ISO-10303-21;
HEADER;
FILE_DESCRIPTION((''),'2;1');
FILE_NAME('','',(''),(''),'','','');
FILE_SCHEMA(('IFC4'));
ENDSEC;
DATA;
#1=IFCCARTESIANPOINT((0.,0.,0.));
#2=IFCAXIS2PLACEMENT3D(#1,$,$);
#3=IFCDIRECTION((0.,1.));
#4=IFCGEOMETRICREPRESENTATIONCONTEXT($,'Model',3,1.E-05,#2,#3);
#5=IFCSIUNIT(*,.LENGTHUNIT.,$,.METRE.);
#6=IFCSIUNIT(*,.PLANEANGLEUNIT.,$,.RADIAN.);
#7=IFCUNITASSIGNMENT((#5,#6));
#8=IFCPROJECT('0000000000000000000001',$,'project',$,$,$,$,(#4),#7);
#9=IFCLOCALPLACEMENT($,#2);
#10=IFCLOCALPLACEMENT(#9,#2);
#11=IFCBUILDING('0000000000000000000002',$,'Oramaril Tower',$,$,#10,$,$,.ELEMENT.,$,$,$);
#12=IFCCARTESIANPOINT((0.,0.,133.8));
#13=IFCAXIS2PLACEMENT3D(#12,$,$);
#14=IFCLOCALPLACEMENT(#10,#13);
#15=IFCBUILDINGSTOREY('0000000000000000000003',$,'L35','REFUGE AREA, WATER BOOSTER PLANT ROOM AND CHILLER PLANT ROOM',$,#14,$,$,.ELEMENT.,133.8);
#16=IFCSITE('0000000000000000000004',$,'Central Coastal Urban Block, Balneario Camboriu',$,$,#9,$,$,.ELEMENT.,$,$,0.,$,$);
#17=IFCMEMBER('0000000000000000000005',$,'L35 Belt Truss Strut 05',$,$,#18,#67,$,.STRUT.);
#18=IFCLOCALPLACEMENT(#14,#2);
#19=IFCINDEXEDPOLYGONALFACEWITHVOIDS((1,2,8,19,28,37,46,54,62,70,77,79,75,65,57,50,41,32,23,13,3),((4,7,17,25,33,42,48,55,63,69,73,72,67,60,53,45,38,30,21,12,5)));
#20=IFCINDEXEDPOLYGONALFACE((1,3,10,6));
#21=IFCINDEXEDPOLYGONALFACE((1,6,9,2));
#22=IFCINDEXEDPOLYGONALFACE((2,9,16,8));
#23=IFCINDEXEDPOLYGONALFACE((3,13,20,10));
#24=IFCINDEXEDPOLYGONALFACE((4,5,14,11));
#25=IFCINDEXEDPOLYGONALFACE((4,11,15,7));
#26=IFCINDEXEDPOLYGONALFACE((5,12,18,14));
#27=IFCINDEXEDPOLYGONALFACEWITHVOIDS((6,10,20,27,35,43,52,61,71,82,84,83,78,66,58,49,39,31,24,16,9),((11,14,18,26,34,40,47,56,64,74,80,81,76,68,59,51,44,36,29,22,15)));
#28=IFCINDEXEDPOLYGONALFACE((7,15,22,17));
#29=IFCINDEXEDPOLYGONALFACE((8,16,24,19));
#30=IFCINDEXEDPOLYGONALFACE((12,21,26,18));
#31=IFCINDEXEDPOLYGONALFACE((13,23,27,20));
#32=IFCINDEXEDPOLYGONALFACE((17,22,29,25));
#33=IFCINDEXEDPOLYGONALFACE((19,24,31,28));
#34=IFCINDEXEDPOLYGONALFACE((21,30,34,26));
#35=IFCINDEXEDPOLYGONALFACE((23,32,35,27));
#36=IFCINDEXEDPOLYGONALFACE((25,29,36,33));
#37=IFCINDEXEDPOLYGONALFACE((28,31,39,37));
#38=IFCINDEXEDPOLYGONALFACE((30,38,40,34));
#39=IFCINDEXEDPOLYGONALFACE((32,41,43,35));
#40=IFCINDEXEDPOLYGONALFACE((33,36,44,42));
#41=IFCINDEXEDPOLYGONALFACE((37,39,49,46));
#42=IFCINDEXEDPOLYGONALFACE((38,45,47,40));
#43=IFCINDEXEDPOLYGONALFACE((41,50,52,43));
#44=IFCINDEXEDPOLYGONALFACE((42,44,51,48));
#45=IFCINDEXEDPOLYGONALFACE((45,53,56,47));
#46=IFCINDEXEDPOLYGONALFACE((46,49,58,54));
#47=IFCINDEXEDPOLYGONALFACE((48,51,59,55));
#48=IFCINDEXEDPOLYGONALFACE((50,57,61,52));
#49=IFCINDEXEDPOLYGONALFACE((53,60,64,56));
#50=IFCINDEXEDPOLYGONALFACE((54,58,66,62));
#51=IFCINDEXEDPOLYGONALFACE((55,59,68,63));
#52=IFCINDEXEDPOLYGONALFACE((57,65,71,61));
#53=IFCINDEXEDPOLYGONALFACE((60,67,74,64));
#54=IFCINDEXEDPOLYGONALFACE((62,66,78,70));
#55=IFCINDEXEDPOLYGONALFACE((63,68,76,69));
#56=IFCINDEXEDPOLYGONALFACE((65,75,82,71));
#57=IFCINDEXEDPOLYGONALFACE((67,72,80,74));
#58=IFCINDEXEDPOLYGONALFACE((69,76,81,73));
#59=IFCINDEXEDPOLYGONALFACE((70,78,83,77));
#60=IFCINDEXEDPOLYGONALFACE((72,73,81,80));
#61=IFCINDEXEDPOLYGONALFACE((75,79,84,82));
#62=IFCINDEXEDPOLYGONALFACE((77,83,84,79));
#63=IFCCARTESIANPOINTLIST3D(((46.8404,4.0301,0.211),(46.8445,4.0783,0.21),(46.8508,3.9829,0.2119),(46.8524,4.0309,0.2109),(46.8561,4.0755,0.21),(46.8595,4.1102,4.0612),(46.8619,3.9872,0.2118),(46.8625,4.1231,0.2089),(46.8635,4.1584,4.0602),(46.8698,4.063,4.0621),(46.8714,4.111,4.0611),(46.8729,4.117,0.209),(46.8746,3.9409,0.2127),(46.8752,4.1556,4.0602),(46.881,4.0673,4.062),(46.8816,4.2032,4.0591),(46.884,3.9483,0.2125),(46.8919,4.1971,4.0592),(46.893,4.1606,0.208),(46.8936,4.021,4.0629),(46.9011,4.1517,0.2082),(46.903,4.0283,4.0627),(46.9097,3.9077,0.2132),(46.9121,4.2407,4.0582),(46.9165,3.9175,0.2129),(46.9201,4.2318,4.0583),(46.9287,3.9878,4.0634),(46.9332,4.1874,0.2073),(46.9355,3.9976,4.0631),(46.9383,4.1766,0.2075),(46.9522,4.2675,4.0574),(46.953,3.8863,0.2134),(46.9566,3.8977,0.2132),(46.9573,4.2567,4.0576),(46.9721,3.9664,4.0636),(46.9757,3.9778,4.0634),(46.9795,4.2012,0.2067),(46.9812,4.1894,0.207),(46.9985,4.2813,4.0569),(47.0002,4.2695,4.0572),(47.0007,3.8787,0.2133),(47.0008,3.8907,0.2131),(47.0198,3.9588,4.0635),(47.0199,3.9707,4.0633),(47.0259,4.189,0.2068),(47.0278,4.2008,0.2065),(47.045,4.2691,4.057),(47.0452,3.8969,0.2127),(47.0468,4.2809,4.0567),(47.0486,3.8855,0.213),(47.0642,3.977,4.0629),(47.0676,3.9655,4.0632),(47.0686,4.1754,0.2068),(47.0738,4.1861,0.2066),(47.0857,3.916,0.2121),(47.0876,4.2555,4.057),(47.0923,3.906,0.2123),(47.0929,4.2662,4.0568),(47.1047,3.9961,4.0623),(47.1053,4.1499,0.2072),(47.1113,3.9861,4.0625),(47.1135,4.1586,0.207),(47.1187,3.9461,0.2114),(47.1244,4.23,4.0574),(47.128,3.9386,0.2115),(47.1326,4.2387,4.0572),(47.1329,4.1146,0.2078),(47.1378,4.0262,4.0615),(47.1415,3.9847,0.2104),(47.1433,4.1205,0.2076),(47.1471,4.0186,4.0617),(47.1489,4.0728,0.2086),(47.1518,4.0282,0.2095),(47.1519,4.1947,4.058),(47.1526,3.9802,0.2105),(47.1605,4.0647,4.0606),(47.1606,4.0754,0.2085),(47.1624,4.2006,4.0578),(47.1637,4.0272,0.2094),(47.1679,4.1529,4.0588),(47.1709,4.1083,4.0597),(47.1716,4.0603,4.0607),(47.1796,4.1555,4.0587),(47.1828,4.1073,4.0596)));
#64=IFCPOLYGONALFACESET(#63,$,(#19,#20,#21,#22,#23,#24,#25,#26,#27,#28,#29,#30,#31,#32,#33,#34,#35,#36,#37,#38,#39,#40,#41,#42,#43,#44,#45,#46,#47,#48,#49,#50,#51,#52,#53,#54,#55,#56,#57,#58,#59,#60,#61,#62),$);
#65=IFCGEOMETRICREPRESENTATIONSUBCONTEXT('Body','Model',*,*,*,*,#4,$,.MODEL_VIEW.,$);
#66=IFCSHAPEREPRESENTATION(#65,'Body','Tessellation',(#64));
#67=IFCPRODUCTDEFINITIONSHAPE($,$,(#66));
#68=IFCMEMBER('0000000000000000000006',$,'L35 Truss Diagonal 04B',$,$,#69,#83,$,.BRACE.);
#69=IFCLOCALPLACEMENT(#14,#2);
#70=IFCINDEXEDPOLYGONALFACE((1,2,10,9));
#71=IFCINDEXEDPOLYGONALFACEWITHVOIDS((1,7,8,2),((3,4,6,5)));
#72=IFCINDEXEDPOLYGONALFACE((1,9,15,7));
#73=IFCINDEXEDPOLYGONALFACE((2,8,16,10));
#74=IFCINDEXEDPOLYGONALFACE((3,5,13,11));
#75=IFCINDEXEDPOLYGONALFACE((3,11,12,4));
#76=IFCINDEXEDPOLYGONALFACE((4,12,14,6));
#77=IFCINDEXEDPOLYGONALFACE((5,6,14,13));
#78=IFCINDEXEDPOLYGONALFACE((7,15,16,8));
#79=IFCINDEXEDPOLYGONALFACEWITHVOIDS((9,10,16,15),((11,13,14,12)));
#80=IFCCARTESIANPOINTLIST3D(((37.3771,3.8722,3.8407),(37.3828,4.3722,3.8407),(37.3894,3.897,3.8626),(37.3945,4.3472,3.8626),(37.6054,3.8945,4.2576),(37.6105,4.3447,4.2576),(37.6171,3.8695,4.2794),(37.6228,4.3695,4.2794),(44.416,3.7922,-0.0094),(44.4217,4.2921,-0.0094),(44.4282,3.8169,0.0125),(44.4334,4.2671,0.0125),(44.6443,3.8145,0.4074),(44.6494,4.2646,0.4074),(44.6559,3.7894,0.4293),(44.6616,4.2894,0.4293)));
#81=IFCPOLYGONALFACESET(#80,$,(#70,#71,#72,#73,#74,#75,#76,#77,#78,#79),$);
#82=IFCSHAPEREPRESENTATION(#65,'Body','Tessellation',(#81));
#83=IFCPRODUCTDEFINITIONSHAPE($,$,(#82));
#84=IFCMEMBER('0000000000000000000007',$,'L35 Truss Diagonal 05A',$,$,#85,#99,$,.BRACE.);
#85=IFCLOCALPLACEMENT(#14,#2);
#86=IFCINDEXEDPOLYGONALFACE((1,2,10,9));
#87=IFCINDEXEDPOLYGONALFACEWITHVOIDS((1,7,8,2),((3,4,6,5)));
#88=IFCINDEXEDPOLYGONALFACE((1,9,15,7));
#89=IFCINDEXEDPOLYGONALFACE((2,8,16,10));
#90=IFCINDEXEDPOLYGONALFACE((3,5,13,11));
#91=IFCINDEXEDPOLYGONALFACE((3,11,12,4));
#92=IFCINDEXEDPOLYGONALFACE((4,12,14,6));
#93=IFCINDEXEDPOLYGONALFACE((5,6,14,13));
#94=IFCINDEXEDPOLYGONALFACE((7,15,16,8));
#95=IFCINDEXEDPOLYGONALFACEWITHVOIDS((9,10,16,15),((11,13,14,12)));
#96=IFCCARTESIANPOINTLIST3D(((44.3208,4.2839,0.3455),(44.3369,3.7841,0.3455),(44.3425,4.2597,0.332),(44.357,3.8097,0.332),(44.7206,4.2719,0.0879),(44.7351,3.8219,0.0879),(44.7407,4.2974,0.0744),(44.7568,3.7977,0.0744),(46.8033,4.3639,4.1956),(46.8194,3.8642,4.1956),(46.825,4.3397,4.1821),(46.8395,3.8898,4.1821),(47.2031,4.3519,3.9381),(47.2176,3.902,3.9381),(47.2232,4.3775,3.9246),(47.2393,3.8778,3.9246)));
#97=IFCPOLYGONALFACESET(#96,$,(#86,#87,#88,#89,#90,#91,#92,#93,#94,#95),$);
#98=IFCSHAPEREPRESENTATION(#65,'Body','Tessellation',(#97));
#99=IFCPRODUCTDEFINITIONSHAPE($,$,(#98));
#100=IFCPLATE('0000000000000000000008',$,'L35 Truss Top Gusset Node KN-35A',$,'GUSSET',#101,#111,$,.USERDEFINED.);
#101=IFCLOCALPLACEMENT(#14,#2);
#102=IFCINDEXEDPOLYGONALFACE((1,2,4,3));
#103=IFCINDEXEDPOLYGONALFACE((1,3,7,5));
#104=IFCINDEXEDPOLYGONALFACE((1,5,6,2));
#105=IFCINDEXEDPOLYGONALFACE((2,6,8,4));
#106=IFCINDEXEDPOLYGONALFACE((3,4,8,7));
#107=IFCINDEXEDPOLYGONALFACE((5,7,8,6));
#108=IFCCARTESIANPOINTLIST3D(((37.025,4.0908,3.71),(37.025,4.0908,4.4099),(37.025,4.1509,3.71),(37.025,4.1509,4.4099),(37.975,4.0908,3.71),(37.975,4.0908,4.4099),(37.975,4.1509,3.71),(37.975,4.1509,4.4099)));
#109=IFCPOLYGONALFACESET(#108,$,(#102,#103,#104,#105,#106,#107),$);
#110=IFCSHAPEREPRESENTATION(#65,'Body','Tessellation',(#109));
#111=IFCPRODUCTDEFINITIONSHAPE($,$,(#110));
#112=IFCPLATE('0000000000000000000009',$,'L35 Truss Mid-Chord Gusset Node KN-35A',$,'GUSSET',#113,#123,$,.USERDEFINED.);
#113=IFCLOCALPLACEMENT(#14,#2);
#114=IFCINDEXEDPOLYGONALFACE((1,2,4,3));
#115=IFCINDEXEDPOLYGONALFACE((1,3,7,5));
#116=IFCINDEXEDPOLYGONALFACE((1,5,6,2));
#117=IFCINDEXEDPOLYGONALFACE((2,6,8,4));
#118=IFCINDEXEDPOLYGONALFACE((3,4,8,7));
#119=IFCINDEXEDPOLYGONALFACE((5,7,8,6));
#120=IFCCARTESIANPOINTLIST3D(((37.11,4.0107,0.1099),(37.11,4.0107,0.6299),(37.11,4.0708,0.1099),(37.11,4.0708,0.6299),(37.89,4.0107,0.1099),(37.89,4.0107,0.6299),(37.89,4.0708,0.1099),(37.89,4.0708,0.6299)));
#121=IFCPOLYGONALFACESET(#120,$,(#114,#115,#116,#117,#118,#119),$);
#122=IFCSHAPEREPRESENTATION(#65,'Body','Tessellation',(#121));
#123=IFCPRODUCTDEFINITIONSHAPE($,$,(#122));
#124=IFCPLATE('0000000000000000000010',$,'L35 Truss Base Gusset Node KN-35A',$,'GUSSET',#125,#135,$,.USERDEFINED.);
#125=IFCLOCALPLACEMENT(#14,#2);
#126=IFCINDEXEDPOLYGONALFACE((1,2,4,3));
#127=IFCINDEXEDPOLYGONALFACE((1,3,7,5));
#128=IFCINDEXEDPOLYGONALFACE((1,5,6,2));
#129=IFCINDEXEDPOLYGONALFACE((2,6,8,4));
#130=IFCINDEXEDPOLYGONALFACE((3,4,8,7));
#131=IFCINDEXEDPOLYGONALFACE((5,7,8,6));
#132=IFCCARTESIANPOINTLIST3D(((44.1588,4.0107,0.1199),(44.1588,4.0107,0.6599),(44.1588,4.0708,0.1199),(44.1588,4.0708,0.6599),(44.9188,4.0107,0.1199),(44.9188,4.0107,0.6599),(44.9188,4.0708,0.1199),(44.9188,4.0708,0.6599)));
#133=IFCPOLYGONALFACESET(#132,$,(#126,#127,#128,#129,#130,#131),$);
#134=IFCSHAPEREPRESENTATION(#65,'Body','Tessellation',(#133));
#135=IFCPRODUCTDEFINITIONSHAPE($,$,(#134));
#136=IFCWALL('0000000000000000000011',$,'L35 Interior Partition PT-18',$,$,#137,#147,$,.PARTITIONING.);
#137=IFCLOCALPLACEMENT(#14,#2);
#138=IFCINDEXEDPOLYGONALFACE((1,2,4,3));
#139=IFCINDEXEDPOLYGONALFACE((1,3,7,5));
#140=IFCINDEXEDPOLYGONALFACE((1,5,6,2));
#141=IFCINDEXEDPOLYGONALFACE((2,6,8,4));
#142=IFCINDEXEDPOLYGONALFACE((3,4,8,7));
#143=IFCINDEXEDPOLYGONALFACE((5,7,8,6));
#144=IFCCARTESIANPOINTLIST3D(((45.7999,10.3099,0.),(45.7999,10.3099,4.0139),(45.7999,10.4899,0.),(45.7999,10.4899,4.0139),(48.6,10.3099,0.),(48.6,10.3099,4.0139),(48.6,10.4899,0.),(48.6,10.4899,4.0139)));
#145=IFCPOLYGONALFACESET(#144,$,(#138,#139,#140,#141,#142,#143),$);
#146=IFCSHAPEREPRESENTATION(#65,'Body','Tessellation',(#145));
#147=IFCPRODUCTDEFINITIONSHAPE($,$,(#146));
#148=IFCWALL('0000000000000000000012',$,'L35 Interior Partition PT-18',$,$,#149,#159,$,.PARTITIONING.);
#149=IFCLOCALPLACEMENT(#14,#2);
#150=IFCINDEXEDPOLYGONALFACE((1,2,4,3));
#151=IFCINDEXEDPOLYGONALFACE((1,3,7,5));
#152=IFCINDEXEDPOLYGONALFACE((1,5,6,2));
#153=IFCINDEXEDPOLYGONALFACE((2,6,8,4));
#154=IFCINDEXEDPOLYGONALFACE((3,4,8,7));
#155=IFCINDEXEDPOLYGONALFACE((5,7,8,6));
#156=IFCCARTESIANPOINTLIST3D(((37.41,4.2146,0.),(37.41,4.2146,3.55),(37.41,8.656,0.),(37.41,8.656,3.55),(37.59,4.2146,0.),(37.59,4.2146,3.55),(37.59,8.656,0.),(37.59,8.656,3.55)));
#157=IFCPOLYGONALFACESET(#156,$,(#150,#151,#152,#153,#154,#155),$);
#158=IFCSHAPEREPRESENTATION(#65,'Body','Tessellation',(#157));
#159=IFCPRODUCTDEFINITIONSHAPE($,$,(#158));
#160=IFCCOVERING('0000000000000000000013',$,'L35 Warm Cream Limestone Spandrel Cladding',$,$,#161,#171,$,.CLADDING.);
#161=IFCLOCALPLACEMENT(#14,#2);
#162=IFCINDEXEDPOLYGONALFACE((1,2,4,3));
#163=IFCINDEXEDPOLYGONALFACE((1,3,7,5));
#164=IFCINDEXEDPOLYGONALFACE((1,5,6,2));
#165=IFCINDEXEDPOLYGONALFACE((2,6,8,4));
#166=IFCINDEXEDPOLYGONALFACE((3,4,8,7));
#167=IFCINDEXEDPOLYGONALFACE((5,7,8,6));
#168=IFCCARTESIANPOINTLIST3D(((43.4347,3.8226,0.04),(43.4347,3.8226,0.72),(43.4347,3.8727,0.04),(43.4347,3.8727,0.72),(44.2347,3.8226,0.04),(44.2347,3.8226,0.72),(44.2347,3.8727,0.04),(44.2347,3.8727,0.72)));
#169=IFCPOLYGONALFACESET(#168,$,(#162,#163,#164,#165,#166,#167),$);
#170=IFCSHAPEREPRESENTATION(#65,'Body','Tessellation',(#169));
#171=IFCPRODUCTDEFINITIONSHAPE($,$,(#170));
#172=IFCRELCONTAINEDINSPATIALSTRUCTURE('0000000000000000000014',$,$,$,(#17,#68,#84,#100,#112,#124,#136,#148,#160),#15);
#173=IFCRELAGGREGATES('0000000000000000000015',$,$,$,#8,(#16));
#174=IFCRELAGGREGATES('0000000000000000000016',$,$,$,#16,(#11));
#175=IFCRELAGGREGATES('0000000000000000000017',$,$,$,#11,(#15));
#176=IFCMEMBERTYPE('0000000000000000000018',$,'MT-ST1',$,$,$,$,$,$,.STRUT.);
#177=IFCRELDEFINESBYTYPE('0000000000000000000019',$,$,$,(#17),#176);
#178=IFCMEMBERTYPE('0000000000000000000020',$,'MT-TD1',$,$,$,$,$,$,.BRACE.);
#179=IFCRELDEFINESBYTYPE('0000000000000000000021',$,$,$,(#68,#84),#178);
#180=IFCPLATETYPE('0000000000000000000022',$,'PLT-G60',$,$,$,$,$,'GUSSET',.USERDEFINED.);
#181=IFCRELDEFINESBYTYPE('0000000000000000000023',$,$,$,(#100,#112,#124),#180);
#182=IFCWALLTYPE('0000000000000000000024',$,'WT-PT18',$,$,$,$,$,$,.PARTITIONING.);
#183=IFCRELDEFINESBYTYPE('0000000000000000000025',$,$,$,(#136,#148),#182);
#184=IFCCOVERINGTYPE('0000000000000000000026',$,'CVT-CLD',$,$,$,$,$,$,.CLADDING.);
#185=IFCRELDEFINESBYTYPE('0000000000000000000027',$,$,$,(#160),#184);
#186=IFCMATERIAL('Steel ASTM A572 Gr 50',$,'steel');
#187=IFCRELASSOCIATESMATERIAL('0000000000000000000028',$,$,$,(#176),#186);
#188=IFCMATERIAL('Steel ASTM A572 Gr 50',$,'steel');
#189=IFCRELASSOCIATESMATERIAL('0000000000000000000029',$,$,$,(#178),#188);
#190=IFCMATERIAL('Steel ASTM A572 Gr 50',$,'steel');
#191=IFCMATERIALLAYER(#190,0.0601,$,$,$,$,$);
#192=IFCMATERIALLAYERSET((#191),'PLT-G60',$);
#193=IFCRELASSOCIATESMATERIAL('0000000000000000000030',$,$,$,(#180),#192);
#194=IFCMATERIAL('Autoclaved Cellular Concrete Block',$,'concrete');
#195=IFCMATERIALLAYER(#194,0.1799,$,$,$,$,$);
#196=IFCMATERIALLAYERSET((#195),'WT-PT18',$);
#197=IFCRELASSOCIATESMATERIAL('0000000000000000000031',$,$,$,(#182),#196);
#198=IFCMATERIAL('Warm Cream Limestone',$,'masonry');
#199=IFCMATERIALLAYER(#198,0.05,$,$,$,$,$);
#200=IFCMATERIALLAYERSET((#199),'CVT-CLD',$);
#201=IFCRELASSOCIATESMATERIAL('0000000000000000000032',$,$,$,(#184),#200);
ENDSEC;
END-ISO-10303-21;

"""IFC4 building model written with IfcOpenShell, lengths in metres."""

from ifc_helpers import new_model, si_unit, direction, frame, frame_2d, origin, origin_2d, place, context, subcontext, project, spatial, rectangle, hollow_rectangle, hollow_circle, extrude, material, layer, layer_set, material_profile, profile_set, type_object, element, save


model = new_model("IFC4")

# Units and contexts
model_context = context("Model", 3, precision=1e-05, world=origin(), true_north=direction((0.0, 1.0)))
body_context = subcontext(model_context, "Body", "Model", "MODEL_VIEW")
ifc_project = project(units=[si_unit("LENGTHUNIT", "METRE"), si_unit("PLANEANGLEUNIT", "RADIAN")], contexts=[model_context])

# Site, building, storey
site_placement = place(None, origin())
site = spatial("IfcSite", under=ifc_project, at=site_placement, Name="Central Coastal Urban Block, Balneario Camboriu", CompositionType="ELEMENT", RefElevation=0.0)
building_placement = place(site_placement, origin())
building = spatial("IfcBuilding", under=site, at=building_placement, Name="Oramaril Tower", CompositionType="ELEMENT")
storey_placement = place(building_placement, frame((0.0, 0.0, 133.8)))
storey = spatial("IfcBuildingStorey", under=building, at=storey_placement, Name="L35", Description="REFUGE AREA, WATER BOOSTER PLANT ROOM AND CHILLER PLANT ROOM", CompositionType="ELEMENT", Elevation=133.8)

# Members
ifc_material_1 = material(Name="Steel ASTM A572 Gr 50", Category="steel")
ifc_material_profile_1 = material_profile(ifc_material_1, hollow_circle(Radius=0.1621, WallThickness=0.012, at=origin_2d()), Name="CHS324X12")
ifc_profile_set_1 = profile_set([ifc_material_profile_1], Name="Steel ASTM A572 Gr 50")
member_type_1 = type_object("IfcMemberType", Name="MT-ST1", PredefinedType="STRUT", material=ifc_profile_set_1)
member_1_placement = place(storey_placement, frame((47.0022, 4.0408, 0.21), z_axis=(0.004945, 0.020794, 0.999772), x_axis=(-0.97287, 0.231353, 0.0)))
element("IfcMember", 1, at=member_1_placement, inside=storey, type_object=member_type_1, Name="L35 Belt Truss Strut 05", PredefinedType="STRUT", context=body_context, shape_type="SweptSolid", body=[
    extrude(hollow_circle(Radius=0.1621, WallThickness=0.012, at=origin_2d()), origin(), (0.0, 0.0, 1.0), 3.8511),
])
ifc_material_2 = material(Name="Steel ASTM A572 Gr 50", Category="steel")
ifc_material_profile_2 = material_profile(ifc_material_2, hollow_rectangle(XDim=0.5, YDim=0.5, WallThickness=0.0249, at=origin_2d()), Name="HSS500X500X25")
ifc_profile_set_2 = profile_set([ifc_material_profile_2], Name="Steel ASTM A572 Gr 50")
member_type_2 = type_object("IfcMemberType", Name="MT-TD1", PredefinedType="BRACE", material=ifc_profile_set_2)
member_2_placement = place(storey_placement, frame((44.5388, 4.0408, 0.21), z_axis=(-0.877288, 0.009981, 0.47986), x_axis=(-0.011376, -0.999935, 0.0)))
element("IfcMember", 2, at=member_2_placement, inside=storey, type_object=member_type_2, Name="L35 Truss Diagonal 04B", PredefinedType="BRACE", context=body_context, shape_type="SweptSolid", body=[
    extrude(hollow_rectangle(XDim=0.5, YDim=0.5, WallThickness=0.0249, at=origin_2d()), origin(), (0.0, 0.0, 1.0), 8.0234),
])
member_3_placement = place(storey_placement, frame((44.5388, 4.0408, 0.21), z_axis=(0.541811, 0.017478, 0.840319), x_axis=(-0.032241, 0.99948, 0.0)))
element("IfcMember", 3, at=member_3_placement, inside=storey, type_object=member_type_2, Name="L35 Truss Diagonal 05A", PredefinedType="BRACE", context=body_context, shape_type="SweptSolid", body=[
    extrude(hollow_rectangle(XDim=0.5, YDim=0.5, WallThickness=0.0249, at=origin_2d()), origin(), (0.0, 0.0, 1.0), 4.5818),
])

# Plates
ifc_material_3 = material(Name="Steel ASTM A572 Gr 50", Category="steel")
ifc_layer_1 = layer(ifc_material_3, 0.0601)
ifc_layer_set_1 = layer_set([ifc_layer_1], Name="PLT-G60")
plate_type = type_object("IfcPlateType", Name="PLT-G60", ElementType="GUSSET", PredefinedType="USERDEFINED", material=ifc_layer_set_1)
plate_1_placement = place(storey_placement, frame((37.5, 4.1208, 3.71), z_axis=(0.0, 0.0, 1.0), x_axis=(1.0, 0.0, 0.0)))
element("IfcPlate", 4, at=plate_1_placement, inside=storey, type_object=plate_type, Name="L35 Truss Top Gusset Node KN-35A", ObjectType="GUSSET", PredefinedType="USERDEFINED", context=body_context, shape_type="SweptSolid", body=[
    extrude(rectangle(XDim=0.95, YDim=0.0601, at=origin_2d()), origin(), (0.0, 0.0, 1.0), 0.7),
])
plate_2_placement = place(storey_placement, frame((37.5, 4.0408, 0.1099), z_axis=(0.0, 0.0, 1.0), x_axis=(1.0, 0.0, 0.0)))
element("IfcPlate", 5, at=plate_2_placement, inside=storey, type_object=plate_type, Name="L35 Truss Mid-Chord Gusset Node KN-35A", ObjectType="GUSSET", PredefinedType="USERDEFINED", context=body_context, shape_type="SweptSolid", body=[
    extrude(rectangle(XDim=0.78, YDim=0.0601, at=origin_2d()), origin(), (0.0, 0.0, 1.0), 0.52),
])
plate_3_placement = place(storey_placement, frame((44.5388, 4.0408, 0.1199), z_axis=(0.0, 0.0, 1.0), x_axis=(1.0, 0.0, 0.0)))
element("IfcPlate", 6, at=plate_3_placement, inside=storey, type_object=plate_type, Name="L35 Truss Base Gusset Node KN-35A", ObjectType="GUSSET", PredefinedType="USERDEFINED", context=body_context, shape_type="SweptSolid", body=[
    extrude(rectangle(XDim=0.76, YDim=0.0601, at=origin_2d()), origin(), (0.0, 0.0, 1.0), 0.54),
])

# Walls
ifc_material_4 = material(Name="Autoclaved Cellular Concrete Block", Category="concrete")
ifc_layer_2 = layer(ifc_material_4, 0.1799)
ifc_layer_set_2 = layer_set([ifc_layer_2], Name="WT-PT18")
wall_type = type_object("IfcWallType", Name="WT-PT18", PredefinedType="PARTITIONING", material=ifc_layer_set_2)
wall_1_placement = place(storey_placement, frame((45.8, 10.3999, 0.0), z_axis=(0.0, 0.0, 1.0), x_axis=(1.0, 0.0, 0.0)))
element("IfcWall", 7, at=wall_1_placement, inside=storey, type_object=wall_type, Name="L35 Interior Partition PT-18", PredefinedType="PARTITIONING", context=body_context, shape_type="SweptSolid", body=[
    extrude(rectangle(XDim=2.8, YDim=0.1799, at=frame_2d((1.3999, 0.0))), origin(), (0.0, 0.0, 1.0), 4.0139),
])
wall_2_placement = place(storey_placement, frame((37.5, 4.2146, 0.0), z_axis=(0.0, 0.0, 1.0), x_axis=(0.0, 1.0, 0.0)))
element("IfcWall", 8, at=wall_2_placement, inside=storey, type_object=wall_type, Name="L35 Interior Partition PT-18", PredefinedType="PARTITIONING", context=body_context, shape_type="SweptSolid", body=[
    extrude(rectangle(XDim=4.4414, YDim=0.1799, at=frame_2d((2.2207, 0.0))), origin(), (0.0, 0.0, 1.0), 3.55),
])

# Covering
ifc_material_5 = material(Name="Warm Cream Limestone", Category="masonry")
ifc_layer_3 = layer(ifc_material_5, 0.05)
ifc_layer_set_3 = layer_set([ifc_layer_3], Name="CVT-CLD")
covering_type = type_object("IfcCoveringType", Name="CVT-CLD", PredefinedType="CLADDING", material=ifc_layer_set_3)
covering_placement = place(storey_placement, frame((43.8347, 3.8477, 0.04), z_axis=(0.0, 0.0, 1.0), x_axis=(1.0, 0.0, 0.0)))
element("IfcCovering", 9, at=covering_placement, inside=storey, type_object=covering_type, Name="L35 Warm Cream Limestone Spandrel Cladding", PredefinedType="CLADDING", context=body_context, shape_type="SweptSolid", body=[
    extrude(rectangle(XDim=0.8, YDim=0.05, at=origin_2d()), origin(), (0.0, 0.0, 1.0), 0.6799),
])

save(model, "model.ifc")
